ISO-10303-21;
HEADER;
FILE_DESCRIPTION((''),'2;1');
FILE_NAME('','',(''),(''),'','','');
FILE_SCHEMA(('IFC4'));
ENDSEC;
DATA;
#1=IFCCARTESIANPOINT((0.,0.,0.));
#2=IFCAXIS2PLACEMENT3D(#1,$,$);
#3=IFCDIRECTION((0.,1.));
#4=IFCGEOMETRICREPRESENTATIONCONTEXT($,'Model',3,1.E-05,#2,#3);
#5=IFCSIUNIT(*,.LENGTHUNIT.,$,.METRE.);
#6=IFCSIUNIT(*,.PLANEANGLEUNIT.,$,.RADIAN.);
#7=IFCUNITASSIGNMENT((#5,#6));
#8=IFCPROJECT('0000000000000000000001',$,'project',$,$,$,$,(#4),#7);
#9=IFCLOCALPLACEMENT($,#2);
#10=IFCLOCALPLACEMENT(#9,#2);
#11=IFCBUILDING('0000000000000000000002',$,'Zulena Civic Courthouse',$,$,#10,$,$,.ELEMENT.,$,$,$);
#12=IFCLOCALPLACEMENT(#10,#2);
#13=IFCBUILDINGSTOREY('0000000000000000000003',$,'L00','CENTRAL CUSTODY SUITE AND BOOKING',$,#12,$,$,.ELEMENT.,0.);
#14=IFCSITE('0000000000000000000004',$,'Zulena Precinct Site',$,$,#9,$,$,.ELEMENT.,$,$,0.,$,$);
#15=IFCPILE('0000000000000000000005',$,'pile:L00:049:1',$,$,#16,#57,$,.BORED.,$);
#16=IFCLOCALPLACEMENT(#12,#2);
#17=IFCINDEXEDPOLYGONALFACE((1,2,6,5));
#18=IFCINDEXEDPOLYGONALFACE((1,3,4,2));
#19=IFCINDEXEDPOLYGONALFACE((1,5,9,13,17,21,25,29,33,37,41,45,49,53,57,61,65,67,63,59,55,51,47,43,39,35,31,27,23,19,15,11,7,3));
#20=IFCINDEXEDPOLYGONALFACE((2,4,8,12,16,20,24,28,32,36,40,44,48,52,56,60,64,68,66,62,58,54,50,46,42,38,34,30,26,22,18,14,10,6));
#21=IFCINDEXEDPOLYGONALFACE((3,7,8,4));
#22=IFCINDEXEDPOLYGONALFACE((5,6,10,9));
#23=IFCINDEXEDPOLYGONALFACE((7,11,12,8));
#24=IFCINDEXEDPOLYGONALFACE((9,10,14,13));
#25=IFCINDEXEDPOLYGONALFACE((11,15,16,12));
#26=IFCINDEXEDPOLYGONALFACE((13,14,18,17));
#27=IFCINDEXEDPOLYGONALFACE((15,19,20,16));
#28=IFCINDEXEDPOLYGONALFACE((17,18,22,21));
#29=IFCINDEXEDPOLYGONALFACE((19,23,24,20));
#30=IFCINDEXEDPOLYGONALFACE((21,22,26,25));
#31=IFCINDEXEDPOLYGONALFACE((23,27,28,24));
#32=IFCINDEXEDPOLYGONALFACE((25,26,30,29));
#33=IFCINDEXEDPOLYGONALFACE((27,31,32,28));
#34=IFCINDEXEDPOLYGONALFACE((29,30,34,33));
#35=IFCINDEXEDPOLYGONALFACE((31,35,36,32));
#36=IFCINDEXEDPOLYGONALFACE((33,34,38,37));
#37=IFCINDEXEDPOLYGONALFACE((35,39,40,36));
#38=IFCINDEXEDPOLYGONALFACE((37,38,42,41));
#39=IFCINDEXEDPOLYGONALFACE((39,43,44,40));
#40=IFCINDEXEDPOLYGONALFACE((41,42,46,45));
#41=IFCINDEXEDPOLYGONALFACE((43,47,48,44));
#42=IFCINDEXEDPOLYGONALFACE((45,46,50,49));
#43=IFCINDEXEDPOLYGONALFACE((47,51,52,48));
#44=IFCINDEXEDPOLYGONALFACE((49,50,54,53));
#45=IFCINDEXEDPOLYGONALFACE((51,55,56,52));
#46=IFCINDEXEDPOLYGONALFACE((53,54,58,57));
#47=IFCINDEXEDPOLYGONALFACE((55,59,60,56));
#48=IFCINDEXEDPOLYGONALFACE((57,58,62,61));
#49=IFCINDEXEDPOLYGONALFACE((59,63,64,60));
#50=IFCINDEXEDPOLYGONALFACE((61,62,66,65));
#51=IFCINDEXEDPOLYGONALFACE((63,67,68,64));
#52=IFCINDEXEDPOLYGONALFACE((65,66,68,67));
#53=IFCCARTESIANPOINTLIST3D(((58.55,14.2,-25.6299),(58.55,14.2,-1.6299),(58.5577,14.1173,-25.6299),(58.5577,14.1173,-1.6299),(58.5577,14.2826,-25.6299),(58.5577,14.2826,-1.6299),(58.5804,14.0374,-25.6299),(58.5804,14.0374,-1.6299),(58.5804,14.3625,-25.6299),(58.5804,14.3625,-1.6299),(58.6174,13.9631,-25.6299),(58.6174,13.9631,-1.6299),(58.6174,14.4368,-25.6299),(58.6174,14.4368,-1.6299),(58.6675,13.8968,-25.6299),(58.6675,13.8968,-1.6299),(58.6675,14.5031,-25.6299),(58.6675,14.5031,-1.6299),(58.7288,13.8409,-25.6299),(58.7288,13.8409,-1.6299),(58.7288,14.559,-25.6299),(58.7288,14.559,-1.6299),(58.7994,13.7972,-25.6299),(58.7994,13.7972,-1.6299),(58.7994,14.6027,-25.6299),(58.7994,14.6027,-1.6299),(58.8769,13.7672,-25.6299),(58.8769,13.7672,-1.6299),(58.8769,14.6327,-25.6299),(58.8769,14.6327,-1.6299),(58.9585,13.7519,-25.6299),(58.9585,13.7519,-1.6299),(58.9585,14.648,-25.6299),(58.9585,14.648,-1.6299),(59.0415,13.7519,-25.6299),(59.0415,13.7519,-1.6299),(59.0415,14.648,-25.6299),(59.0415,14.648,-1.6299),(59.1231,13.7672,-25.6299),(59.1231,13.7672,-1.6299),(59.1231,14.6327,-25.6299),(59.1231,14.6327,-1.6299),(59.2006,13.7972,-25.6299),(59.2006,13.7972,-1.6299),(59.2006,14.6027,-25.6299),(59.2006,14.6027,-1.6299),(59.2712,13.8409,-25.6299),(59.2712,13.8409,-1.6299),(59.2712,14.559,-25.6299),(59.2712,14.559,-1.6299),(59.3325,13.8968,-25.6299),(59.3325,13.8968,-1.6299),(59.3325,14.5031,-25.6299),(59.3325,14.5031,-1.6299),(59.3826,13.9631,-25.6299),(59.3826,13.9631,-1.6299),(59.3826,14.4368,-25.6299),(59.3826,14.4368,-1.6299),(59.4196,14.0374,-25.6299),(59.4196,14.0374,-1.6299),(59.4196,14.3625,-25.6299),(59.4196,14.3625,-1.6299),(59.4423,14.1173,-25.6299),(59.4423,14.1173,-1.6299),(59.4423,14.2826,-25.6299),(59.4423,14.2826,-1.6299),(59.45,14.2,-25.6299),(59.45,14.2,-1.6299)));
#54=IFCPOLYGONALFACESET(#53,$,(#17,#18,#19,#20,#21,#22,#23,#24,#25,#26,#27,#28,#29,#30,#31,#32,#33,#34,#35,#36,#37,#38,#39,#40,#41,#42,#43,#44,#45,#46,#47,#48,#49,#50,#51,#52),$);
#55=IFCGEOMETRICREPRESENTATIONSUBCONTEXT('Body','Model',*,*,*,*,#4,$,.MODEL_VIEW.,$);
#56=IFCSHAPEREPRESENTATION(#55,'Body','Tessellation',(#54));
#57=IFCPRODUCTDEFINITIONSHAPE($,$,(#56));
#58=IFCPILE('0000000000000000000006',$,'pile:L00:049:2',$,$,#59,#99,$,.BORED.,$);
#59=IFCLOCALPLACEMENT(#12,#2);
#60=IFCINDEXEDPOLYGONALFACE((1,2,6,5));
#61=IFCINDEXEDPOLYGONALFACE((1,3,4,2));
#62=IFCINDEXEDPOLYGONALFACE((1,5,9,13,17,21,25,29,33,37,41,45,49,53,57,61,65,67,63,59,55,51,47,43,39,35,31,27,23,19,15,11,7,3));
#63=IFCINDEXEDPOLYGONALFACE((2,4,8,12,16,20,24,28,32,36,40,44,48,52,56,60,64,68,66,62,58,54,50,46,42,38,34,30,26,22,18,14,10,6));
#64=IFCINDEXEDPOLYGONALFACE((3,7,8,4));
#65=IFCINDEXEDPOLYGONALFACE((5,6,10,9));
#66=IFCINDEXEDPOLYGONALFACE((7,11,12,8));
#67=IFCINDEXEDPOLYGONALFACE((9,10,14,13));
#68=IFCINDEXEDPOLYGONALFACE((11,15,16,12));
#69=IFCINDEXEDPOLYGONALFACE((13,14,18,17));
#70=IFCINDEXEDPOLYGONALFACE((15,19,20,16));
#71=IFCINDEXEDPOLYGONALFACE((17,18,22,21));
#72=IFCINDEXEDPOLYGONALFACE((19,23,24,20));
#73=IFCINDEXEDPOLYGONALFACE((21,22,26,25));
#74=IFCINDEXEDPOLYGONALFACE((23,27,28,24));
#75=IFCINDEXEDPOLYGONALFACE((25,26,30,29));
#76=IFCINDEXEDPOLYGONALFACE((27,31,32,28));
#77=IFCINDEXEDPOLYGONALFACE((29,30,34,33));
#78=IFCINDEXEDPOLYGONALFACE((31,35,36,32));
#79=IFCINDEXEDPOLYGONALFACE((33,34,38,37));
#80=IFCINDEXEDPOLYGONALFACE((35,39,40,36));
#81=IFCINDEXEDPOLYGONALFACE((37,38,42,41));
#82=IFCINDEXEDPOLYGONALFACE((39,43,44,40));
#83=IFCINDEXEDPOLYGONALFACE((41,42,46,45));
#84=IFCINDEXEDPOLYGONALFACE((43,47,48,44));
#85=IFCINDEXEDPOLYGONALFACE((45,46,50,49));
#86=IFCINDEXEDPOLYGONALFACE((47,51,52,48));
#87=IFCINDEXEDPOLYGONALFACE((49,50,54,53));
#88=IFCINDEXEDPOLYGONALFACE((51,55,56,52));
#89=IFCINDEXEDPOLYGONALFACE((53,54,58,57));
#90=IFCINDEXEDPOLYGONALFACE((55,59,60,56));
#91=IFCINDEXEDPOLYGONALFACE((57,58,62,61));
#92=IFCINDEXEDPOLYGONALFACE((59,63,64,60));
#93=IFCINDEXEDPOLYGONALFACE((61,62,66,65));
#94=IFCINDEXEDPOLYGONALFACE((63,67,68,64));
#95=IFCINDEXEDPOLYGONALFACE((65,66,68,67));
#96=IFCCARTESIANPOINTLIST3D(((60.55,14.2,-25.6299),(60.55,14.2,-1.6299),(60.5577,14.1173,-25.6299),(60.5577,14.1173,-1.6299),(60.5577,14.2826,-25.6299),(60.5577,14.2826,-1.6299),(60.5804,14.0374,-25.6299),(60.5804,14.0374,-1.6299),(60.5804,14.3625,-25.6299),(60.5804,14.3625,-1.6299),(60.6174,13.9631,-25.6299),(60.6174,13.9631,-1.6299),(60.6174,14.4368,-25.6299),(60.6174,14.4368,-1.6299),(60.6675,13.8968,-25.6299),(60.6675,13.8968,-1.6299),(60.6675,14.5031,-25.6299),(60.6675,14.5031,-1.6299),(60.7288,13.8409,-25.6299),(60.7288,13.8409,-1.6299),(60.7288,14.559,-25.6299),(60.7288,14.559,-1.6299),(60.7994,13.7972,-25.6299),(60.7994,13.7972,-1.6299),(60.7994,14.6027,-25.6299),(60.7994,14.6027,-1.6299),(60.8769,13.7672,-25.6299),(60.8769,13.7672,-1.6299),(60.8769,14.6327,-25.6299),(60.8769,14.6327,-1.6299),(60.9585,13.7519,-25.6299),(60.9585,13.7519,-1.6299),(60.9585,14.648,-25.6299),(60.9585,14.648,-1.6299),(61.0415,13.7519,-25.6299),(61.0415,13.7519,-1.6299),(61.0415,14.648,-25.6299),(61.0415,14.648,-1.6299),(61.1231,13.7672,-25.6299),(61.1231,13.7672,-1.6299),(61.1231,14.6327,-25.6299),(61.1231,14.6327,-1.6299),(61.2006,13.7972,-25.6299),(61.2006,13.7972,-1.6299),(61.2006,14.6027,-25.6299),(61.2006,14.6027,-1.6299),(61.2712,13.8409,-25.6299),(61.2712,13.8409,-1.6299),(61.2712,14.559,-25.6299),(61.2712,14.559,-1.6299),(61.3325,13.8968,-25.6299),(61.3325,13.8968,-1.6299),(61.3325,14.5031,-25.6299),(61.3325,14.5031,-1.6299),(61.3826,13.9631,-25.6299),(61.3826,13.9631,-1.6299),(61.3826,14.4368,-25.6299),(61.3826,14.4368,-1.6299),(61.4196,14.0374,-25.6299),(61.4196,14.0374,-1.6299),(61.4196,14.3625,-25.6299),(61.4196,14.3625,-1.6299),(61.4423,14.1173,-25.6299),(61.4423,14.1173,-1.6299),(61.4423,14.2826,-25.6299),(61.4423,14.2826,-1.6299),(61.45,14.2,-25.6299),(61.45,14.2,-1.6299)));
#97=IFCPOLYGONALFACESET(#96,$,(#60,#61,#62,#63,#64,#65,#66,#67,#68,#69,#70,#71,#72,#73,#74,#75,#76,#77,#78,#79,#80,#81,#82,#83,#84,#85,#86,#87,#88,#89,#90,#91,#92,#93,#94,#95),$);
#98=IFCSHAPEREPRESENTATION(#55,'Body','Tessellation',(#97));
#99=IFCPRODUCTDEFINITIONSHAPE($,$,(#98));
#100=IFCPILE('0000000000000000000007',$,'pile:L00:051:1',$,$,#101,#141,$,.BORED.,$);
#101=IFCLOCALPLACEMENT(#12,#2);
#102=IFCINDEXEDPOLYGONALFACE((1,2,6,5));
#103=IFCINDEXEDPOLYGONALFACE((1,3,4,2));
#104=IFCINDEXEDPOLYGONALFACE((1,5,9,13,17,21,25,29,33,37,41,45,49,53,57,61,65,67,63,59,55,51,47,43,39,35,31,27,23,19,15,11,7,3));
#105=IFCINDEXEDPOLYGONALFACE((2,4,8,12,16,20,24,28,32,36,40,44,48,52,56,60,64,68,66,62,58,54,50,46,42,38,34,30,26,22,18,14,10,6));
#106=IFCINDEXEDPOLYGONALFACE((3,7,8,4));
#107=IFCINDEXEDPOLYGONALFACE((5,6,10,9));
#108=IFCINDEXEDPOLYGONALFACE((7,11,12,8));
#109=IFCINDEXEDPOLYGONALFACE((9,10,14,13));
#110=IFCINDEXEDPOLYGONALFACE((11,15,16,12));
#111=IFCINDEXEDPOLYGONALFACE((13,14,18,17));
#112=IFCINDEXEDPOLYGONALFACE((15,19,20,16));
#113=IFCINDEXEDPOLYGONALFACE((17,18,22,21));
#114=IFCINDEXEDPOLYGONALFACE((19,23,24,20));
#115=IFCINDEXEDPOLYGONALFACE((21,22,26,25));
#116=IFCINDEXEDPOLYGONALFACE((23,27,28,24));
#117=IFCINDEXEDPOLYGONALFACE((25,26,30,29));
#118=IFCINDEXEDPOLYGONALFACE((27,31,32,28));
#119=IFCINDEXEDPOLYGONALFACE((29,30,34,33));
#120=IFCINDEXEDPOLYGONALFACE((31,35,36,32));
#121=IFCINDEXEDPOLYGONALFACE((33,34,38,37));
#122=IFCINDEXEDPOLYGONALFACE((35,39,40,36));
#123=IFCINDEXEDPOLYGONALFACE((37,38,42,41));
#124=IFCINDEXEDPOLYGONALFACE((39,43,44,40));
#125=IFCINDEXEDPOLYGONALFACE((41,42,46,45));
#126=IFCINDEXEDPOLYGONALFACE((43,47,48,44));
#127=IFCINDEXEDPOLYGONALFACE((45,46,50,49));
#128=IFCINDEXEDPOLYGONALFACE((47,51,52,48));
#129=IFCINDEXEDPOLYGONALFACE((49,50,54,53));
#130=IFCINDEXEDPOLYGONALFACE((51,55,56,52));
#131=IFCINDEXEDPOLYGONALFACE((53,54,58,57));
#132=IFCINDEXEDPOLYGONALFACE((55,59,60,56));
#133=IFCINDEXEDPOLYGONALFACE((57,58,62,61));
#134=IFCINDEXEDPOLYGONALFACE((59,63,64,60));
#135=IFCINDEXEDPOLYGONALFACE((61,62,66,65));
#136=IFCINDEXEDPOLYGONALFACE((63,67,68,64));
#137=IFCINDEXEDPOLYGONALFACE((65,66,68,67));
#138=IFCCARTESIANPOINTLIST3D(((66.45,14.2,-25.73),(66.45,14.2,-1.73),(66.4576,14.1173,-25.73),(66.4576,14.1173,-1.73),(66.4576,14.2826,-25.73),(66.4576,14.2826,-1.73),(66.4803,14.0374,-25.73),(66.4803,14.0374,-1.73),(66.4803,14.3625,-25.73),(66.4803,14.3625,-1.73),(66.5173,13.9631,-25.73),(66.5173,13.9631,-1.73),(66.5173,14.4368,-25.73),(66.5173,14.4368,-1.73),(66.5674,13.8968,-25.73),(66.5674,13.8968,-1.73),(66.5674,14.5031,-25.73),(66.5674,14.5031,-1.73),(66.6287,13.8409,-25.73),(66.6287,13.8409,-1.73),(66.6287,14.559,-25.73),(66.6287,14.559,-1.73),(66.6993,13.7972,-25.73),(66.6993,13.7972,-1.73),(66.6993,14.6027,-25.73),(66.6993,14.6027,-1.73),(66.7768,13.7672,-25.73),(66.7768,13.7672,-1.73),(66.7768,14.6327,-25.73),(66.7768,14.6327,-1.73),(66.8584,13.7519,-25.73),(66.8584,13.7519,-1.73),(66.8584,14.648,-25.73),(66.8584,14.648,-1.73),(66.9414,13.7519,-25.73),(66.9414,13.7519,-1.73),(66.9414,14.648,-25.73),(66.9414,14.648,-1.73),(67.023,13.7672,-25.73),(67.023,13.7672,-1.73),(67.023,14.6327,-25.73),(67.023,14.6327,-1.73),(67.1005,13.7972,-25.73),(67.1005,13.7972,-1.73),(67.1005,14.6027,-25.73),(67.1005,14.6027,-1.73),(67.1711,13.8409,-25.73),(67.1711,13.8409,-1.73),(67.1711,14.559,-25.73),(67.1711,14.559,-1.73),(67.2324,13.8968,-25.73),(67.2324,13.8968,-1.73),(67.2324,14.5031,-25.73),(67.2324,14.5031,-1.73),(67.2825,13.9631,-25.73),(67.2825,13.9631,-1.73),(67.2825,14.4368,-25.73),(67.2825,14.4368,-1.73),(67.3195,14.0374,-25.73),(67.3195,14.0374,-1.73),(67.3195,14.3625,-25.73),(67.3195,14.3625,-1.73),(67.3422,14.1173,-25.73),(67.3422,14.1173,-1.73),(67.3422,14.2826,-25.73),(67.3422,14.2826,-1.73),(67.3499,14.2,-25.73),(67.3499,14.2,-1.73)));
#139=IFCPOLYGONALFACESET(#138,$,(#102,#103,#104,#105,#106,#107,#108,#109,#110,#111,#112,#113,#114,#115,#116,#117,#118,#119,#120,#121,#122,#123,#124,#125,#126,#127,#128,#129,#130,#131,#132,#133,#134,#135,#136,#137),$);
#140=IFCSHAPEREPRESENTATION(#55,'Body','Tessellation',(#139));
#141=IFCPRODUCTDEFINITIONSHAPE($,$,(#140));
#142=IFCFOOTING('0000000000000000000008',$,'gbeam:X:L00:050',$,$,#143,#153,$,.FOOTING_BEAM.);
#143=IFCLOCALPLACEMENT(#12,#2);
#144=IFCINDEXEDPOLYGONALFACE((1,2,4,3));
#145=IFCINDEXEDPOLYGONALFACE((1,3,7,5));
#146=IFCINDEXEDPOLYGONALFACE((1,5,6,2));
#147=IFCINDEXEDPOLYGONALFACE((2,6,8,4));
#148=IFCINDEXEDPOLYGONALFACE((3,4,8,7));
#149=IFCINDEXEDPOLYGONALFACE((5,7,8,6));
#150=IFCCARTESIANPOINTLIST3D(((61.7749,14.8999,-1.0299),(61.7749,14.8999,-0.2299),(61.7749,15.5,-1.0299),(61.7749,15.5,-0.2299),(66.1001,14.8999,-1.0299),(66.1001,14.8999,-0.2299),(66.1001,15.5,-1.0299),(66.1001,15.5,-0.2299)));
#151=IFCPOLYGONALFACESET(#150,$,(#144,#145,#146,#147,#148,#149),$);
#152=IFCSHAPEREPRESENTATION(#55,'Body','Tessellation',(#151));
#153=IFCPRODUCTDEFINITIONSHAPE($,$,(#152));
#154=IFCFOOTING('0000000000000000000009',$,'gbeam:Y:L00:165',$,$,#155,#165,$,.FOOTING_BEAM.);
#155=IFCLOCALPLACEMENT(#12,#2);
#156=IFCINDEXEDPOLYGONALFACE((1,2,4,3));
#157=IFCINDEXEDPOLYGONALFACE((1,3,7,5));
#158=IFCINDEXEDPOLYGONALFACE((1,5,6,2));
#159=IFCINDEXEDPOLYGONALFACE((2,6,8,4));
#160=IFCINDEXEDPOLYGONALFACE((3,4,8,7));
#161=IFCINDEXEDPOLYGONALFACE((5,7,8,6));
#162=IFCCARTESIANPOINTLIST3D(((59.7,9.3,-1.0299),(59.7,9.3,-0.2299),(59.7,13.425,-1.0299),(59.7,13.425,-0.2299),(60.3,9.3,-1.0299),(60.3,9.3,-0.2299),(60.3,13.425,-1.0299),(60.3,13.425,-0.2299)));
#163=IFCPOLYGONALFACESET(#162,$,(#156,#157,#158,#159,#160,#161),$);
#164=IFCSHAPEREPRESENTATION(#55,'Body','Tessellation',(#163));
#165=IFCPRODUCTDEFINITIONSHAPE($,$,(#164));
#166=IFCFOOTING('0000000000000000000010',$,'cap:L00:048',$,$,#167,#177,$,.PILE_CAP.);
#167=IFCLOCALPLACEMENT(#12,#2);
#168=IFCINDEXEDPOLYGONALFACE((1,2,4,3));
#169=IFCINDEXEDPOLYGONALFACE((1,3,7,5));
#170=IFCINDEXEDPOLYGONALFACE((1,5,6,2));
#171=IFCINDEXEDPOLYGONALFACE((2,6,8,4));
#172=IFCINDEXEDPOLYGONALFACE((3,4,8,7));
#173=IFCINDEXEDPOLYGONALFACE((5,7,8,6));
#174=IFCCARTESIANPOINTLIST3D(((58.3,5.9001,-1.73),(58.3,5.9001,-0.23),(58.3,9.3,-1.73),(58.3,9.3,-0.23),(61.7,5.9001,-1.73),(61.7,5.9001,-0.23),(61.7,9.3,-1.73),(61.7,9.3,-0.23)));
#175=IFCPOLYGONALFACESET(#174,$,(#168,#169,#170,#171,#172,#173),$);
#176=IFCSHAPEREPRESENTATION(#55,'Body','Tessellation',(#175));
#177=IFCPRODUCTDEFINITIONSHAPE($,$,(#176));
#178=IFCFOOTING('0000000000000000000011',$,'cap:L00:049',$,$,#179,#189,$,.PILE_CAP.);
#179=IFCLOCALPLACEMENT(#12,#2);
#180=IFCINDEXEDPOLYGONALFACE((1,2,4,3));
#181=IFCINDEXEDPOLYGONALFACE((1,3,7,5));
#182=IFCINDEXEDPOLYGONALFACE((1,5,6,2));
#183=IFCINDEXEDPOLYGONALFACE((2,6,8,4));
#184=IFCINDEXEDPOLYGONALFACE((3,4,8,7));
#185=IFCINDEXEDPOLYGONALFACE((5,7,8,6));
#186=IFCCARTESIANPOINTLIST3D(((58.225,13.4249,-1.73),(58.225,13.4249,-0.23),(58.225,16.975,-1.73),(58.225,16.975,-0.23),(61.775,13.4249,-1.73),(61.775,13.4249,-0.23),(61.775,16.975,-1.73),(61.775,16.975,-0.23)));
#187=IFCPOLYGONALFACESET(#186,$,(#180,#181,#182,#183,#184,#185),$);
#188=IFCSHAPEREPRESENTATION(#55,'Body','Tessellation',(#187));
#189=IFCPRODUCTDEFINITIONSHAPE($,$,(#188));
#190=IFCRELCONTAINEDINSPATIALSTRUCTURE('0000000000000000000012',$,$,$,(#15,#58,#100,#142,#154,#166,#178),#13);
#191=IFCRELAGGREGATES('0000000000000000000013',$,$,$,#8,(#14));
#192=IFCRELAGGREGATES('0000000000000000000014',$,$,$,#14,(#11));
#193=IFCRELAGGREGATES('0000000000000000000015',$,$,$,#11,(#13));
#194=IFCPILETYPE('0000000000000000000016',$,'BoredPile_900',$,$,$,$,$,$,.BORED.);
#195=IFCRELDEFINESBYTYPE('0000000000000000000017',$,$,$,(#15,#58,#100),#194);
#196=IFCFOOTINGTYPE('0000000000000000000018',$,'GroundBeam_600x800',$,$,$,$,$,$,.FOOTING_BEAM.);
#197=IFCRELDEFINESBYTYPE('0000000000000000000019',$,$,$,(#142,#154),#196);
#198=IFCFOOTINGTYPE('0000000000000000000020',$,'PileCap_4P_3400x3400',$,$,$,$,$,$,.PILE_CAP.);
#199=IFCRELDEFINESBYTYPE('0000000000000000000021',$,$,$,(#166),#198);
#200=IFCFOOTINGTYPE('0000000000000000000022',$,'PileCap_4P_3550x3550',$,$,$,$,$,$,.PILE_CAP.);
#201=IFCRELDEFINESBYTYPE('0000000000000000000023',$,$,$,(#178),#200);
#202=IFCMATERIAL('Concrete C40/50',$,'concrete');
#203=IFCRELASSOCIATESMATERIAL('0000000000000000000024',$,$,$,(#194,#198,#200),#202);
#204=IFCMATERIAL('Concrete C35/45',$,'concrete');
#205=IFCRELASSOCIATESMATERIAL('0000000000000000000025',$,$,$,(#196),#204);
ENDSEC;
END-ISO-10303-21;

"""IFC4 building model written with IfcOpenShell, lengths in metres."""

from ifc_helpers import new_model, si_unit, direction, frame, origin, origin_2d, place, context, subcontext, project, spatial, rectangle, circle, extrude, material, material_profile, profile_set, type_object, element, save


model = new_model("IFC4")

# Units and contexts
model_context = context("Model", 3, precision=1e-05, world=origin(), true_north=direction((0.0, 1.0)))
body_context = subcontext(model_context, "Body", "Model", "MODEL_VIEW")
ifc_project = project(units=[si_unit("LENGTHUNIT", "METRE"), si_unit("PLANEANGLEUNIT", "RADIAN")], contexts=[model_context])

# Site, building, storey
site_placement = place(None, origin())
site = spatial("IfcSite", under=ifc_project, at=site_placement, Name="Zulena Precinct Site", CompositionType="ELEMENT", RefElevation=0.0)
building_placement = place(site_placement, origin())
building = spatial("IfcBuilding", under=site, at=building_placement, Name="Zulena Civic Courthouse", CompositionType="ELEMENT")
storey_placement = place(building_placement, origin())
storey = spatial("IfcBuildingStorey", under=building, at=storey_placement, Name="L00", Description="CENTRAL CUSTODY SUITE AND BOOKING", CompositionType="ELEMENT", Elevation=0.0)

# Piles
ifc_material_1 = material(Name="Concrete C40/50", Category="concrete")
ifc_material_profile_1 = material_profile(ifc_material_1, circle(Radius=0.45, at=origin_2d()), Name="PILE900")
ifc_profile_set_1 = profile_set([ifc_material_profile_1], Name="Concrete C40/50")
pile_type = type_object("IfcPileType", Name="BoredPile_900", PredefinedType="BORED", material=ifc_profile_set_1)
for number, where, z_axis, x_axis, name in (
    (1, (59.0, 14.2, -1.6299), (0.0, 0.0, -1.0), (1.0, 0.0, 0.0), "pile:L00:049:1"),
    (2, (61.0, 14.2, -1.6299), (0.0, 0.0, -1.0), (1.0, 0.0, 0.0), "pile:L00:049:2"),
    (3, (66.8999, 14.2, -1.73), (0.0, 0.0, -1.0), (1.0, 0.0, 0.0), "pile:L00:051:1"),
):
    element("IfcPile", number, at=place(storey_placement, frame(where, z_axis=z_axis, x_axis=x_axis)), inside=storey, type_object=pile_type, Name=name, PredefinedType="BORED", context=body_context, shape_type="SweptSolid", body=[
        extrude(circle(Radius=0.45, at=origin_2d()), origin(), (0.0, 0.0, 1.0), 24.0),
    ])

# Footings
ifc_material_2 = material(Name="Concrete C35/45", Category="concrete")
ifc_material_profile_2 = material_profile(ifc_material_2, rectangle(XDim=0.6001, YDim=0.8, at=origin_2d()), Name="RC600X800")
ifc_profile_set_2 = profile_set([ifc_material_profile_2], Name="Concrete C35/45")
footing_type_1 = type_object("IfcFootingType", Name="GroundBeam_600x800", PredefinedType="FOOTING_BEAM", material=ifc_profile_set_2)
footing_1_placement = place(storey_placement, frame((61.7749, 15.2, -0.6299), z_axis=(1.0, 0.0, 0.0), x_axis=(0.0, 1.0, 0.0)))
element("IfcFooting", 4, at=footing_1_placement, inside=storey, type_object=footing_type_1, Name="gbeam:X:L00:050", PredefinedType="FOOTING_BEAM", context=body_context, shape_type="SweptSolid", body=[
    extrude(rectangle(XDim=0.6001, YDim=0.8, at=origin_2d()), origin(), (0.0, 0.0, 1.0), 4.3252),
])
footing_2_placement = place(storey_placement, frame((60.0, 9.3, -0.6299), z_axis=(0.0, 1.0, 0.0), x_axis=(-1.0, 0.0, 0.0)))
element("IfcFooting", 5, at=footing_2_placement, inside=storey, type_object=footing_type_1, Name="gbeam:Y:L00:165", PredefinedType="FOOTING_BEAM", context=body_context, shape_type="SweptSolid", body=[
    extrude(rectangle(XDim=0.6001, YDim=0.8, at=origin_2d()), origin(), (0.0, 0.0, 1.0), 4.125),
])
footing_type_2 = type_object("IfcFootingType", Name="PileCap_4P_3400x3400", PredefinedType="PILE_CAP", material=ifc_material_1)
footing_3_placement = place(storey_placement, frame((60.0, 7.6001, -1.73), z_axis=(0.0, 0.0, 1.0), x_axis=(1.0, 0.0, 0.0)))
element("IfcFooting", 6, at=footing_3_placement, inside=storey, type_object=footing_type_2, Name="cap:L00:048", PredefinedType="PILE_CAP", context=body_context, shape_type="SweptSolid", body=[
    extrude(rectangle(XDim=3.3999, YDim=3.3999, at=origin_2d()), origin(), (0.0, 0.0, 1.0), 1.5),
])
footing_type_3 = type_object("IfcFootingType", Name="PileCap_4P_3550x3550", PredefinedType="PILE_CAP", material=ifc_material_1)
footing_4_placement = place(storey_placement, frame((60.0, 15.2, -1.73), z_axis=(0.0, 0.0, 1.0), x_axis=(1.0, 0.0, 0.0)))
element("IfcFooting", 7, at=footing_4_placement, inside=storey, type_object=footing_type_3, Name="cap:L00:049", PredefinedType="PILE_CAP", context=body_context, shape_type="SweptSolid", body=[
    extrude(rectangle(XDim=3.55, YDim=3.55, at=origin_2d()), origin(), (0.0, 0.0, 1.0), 1.5),
])

save(model, "model.ifc")
